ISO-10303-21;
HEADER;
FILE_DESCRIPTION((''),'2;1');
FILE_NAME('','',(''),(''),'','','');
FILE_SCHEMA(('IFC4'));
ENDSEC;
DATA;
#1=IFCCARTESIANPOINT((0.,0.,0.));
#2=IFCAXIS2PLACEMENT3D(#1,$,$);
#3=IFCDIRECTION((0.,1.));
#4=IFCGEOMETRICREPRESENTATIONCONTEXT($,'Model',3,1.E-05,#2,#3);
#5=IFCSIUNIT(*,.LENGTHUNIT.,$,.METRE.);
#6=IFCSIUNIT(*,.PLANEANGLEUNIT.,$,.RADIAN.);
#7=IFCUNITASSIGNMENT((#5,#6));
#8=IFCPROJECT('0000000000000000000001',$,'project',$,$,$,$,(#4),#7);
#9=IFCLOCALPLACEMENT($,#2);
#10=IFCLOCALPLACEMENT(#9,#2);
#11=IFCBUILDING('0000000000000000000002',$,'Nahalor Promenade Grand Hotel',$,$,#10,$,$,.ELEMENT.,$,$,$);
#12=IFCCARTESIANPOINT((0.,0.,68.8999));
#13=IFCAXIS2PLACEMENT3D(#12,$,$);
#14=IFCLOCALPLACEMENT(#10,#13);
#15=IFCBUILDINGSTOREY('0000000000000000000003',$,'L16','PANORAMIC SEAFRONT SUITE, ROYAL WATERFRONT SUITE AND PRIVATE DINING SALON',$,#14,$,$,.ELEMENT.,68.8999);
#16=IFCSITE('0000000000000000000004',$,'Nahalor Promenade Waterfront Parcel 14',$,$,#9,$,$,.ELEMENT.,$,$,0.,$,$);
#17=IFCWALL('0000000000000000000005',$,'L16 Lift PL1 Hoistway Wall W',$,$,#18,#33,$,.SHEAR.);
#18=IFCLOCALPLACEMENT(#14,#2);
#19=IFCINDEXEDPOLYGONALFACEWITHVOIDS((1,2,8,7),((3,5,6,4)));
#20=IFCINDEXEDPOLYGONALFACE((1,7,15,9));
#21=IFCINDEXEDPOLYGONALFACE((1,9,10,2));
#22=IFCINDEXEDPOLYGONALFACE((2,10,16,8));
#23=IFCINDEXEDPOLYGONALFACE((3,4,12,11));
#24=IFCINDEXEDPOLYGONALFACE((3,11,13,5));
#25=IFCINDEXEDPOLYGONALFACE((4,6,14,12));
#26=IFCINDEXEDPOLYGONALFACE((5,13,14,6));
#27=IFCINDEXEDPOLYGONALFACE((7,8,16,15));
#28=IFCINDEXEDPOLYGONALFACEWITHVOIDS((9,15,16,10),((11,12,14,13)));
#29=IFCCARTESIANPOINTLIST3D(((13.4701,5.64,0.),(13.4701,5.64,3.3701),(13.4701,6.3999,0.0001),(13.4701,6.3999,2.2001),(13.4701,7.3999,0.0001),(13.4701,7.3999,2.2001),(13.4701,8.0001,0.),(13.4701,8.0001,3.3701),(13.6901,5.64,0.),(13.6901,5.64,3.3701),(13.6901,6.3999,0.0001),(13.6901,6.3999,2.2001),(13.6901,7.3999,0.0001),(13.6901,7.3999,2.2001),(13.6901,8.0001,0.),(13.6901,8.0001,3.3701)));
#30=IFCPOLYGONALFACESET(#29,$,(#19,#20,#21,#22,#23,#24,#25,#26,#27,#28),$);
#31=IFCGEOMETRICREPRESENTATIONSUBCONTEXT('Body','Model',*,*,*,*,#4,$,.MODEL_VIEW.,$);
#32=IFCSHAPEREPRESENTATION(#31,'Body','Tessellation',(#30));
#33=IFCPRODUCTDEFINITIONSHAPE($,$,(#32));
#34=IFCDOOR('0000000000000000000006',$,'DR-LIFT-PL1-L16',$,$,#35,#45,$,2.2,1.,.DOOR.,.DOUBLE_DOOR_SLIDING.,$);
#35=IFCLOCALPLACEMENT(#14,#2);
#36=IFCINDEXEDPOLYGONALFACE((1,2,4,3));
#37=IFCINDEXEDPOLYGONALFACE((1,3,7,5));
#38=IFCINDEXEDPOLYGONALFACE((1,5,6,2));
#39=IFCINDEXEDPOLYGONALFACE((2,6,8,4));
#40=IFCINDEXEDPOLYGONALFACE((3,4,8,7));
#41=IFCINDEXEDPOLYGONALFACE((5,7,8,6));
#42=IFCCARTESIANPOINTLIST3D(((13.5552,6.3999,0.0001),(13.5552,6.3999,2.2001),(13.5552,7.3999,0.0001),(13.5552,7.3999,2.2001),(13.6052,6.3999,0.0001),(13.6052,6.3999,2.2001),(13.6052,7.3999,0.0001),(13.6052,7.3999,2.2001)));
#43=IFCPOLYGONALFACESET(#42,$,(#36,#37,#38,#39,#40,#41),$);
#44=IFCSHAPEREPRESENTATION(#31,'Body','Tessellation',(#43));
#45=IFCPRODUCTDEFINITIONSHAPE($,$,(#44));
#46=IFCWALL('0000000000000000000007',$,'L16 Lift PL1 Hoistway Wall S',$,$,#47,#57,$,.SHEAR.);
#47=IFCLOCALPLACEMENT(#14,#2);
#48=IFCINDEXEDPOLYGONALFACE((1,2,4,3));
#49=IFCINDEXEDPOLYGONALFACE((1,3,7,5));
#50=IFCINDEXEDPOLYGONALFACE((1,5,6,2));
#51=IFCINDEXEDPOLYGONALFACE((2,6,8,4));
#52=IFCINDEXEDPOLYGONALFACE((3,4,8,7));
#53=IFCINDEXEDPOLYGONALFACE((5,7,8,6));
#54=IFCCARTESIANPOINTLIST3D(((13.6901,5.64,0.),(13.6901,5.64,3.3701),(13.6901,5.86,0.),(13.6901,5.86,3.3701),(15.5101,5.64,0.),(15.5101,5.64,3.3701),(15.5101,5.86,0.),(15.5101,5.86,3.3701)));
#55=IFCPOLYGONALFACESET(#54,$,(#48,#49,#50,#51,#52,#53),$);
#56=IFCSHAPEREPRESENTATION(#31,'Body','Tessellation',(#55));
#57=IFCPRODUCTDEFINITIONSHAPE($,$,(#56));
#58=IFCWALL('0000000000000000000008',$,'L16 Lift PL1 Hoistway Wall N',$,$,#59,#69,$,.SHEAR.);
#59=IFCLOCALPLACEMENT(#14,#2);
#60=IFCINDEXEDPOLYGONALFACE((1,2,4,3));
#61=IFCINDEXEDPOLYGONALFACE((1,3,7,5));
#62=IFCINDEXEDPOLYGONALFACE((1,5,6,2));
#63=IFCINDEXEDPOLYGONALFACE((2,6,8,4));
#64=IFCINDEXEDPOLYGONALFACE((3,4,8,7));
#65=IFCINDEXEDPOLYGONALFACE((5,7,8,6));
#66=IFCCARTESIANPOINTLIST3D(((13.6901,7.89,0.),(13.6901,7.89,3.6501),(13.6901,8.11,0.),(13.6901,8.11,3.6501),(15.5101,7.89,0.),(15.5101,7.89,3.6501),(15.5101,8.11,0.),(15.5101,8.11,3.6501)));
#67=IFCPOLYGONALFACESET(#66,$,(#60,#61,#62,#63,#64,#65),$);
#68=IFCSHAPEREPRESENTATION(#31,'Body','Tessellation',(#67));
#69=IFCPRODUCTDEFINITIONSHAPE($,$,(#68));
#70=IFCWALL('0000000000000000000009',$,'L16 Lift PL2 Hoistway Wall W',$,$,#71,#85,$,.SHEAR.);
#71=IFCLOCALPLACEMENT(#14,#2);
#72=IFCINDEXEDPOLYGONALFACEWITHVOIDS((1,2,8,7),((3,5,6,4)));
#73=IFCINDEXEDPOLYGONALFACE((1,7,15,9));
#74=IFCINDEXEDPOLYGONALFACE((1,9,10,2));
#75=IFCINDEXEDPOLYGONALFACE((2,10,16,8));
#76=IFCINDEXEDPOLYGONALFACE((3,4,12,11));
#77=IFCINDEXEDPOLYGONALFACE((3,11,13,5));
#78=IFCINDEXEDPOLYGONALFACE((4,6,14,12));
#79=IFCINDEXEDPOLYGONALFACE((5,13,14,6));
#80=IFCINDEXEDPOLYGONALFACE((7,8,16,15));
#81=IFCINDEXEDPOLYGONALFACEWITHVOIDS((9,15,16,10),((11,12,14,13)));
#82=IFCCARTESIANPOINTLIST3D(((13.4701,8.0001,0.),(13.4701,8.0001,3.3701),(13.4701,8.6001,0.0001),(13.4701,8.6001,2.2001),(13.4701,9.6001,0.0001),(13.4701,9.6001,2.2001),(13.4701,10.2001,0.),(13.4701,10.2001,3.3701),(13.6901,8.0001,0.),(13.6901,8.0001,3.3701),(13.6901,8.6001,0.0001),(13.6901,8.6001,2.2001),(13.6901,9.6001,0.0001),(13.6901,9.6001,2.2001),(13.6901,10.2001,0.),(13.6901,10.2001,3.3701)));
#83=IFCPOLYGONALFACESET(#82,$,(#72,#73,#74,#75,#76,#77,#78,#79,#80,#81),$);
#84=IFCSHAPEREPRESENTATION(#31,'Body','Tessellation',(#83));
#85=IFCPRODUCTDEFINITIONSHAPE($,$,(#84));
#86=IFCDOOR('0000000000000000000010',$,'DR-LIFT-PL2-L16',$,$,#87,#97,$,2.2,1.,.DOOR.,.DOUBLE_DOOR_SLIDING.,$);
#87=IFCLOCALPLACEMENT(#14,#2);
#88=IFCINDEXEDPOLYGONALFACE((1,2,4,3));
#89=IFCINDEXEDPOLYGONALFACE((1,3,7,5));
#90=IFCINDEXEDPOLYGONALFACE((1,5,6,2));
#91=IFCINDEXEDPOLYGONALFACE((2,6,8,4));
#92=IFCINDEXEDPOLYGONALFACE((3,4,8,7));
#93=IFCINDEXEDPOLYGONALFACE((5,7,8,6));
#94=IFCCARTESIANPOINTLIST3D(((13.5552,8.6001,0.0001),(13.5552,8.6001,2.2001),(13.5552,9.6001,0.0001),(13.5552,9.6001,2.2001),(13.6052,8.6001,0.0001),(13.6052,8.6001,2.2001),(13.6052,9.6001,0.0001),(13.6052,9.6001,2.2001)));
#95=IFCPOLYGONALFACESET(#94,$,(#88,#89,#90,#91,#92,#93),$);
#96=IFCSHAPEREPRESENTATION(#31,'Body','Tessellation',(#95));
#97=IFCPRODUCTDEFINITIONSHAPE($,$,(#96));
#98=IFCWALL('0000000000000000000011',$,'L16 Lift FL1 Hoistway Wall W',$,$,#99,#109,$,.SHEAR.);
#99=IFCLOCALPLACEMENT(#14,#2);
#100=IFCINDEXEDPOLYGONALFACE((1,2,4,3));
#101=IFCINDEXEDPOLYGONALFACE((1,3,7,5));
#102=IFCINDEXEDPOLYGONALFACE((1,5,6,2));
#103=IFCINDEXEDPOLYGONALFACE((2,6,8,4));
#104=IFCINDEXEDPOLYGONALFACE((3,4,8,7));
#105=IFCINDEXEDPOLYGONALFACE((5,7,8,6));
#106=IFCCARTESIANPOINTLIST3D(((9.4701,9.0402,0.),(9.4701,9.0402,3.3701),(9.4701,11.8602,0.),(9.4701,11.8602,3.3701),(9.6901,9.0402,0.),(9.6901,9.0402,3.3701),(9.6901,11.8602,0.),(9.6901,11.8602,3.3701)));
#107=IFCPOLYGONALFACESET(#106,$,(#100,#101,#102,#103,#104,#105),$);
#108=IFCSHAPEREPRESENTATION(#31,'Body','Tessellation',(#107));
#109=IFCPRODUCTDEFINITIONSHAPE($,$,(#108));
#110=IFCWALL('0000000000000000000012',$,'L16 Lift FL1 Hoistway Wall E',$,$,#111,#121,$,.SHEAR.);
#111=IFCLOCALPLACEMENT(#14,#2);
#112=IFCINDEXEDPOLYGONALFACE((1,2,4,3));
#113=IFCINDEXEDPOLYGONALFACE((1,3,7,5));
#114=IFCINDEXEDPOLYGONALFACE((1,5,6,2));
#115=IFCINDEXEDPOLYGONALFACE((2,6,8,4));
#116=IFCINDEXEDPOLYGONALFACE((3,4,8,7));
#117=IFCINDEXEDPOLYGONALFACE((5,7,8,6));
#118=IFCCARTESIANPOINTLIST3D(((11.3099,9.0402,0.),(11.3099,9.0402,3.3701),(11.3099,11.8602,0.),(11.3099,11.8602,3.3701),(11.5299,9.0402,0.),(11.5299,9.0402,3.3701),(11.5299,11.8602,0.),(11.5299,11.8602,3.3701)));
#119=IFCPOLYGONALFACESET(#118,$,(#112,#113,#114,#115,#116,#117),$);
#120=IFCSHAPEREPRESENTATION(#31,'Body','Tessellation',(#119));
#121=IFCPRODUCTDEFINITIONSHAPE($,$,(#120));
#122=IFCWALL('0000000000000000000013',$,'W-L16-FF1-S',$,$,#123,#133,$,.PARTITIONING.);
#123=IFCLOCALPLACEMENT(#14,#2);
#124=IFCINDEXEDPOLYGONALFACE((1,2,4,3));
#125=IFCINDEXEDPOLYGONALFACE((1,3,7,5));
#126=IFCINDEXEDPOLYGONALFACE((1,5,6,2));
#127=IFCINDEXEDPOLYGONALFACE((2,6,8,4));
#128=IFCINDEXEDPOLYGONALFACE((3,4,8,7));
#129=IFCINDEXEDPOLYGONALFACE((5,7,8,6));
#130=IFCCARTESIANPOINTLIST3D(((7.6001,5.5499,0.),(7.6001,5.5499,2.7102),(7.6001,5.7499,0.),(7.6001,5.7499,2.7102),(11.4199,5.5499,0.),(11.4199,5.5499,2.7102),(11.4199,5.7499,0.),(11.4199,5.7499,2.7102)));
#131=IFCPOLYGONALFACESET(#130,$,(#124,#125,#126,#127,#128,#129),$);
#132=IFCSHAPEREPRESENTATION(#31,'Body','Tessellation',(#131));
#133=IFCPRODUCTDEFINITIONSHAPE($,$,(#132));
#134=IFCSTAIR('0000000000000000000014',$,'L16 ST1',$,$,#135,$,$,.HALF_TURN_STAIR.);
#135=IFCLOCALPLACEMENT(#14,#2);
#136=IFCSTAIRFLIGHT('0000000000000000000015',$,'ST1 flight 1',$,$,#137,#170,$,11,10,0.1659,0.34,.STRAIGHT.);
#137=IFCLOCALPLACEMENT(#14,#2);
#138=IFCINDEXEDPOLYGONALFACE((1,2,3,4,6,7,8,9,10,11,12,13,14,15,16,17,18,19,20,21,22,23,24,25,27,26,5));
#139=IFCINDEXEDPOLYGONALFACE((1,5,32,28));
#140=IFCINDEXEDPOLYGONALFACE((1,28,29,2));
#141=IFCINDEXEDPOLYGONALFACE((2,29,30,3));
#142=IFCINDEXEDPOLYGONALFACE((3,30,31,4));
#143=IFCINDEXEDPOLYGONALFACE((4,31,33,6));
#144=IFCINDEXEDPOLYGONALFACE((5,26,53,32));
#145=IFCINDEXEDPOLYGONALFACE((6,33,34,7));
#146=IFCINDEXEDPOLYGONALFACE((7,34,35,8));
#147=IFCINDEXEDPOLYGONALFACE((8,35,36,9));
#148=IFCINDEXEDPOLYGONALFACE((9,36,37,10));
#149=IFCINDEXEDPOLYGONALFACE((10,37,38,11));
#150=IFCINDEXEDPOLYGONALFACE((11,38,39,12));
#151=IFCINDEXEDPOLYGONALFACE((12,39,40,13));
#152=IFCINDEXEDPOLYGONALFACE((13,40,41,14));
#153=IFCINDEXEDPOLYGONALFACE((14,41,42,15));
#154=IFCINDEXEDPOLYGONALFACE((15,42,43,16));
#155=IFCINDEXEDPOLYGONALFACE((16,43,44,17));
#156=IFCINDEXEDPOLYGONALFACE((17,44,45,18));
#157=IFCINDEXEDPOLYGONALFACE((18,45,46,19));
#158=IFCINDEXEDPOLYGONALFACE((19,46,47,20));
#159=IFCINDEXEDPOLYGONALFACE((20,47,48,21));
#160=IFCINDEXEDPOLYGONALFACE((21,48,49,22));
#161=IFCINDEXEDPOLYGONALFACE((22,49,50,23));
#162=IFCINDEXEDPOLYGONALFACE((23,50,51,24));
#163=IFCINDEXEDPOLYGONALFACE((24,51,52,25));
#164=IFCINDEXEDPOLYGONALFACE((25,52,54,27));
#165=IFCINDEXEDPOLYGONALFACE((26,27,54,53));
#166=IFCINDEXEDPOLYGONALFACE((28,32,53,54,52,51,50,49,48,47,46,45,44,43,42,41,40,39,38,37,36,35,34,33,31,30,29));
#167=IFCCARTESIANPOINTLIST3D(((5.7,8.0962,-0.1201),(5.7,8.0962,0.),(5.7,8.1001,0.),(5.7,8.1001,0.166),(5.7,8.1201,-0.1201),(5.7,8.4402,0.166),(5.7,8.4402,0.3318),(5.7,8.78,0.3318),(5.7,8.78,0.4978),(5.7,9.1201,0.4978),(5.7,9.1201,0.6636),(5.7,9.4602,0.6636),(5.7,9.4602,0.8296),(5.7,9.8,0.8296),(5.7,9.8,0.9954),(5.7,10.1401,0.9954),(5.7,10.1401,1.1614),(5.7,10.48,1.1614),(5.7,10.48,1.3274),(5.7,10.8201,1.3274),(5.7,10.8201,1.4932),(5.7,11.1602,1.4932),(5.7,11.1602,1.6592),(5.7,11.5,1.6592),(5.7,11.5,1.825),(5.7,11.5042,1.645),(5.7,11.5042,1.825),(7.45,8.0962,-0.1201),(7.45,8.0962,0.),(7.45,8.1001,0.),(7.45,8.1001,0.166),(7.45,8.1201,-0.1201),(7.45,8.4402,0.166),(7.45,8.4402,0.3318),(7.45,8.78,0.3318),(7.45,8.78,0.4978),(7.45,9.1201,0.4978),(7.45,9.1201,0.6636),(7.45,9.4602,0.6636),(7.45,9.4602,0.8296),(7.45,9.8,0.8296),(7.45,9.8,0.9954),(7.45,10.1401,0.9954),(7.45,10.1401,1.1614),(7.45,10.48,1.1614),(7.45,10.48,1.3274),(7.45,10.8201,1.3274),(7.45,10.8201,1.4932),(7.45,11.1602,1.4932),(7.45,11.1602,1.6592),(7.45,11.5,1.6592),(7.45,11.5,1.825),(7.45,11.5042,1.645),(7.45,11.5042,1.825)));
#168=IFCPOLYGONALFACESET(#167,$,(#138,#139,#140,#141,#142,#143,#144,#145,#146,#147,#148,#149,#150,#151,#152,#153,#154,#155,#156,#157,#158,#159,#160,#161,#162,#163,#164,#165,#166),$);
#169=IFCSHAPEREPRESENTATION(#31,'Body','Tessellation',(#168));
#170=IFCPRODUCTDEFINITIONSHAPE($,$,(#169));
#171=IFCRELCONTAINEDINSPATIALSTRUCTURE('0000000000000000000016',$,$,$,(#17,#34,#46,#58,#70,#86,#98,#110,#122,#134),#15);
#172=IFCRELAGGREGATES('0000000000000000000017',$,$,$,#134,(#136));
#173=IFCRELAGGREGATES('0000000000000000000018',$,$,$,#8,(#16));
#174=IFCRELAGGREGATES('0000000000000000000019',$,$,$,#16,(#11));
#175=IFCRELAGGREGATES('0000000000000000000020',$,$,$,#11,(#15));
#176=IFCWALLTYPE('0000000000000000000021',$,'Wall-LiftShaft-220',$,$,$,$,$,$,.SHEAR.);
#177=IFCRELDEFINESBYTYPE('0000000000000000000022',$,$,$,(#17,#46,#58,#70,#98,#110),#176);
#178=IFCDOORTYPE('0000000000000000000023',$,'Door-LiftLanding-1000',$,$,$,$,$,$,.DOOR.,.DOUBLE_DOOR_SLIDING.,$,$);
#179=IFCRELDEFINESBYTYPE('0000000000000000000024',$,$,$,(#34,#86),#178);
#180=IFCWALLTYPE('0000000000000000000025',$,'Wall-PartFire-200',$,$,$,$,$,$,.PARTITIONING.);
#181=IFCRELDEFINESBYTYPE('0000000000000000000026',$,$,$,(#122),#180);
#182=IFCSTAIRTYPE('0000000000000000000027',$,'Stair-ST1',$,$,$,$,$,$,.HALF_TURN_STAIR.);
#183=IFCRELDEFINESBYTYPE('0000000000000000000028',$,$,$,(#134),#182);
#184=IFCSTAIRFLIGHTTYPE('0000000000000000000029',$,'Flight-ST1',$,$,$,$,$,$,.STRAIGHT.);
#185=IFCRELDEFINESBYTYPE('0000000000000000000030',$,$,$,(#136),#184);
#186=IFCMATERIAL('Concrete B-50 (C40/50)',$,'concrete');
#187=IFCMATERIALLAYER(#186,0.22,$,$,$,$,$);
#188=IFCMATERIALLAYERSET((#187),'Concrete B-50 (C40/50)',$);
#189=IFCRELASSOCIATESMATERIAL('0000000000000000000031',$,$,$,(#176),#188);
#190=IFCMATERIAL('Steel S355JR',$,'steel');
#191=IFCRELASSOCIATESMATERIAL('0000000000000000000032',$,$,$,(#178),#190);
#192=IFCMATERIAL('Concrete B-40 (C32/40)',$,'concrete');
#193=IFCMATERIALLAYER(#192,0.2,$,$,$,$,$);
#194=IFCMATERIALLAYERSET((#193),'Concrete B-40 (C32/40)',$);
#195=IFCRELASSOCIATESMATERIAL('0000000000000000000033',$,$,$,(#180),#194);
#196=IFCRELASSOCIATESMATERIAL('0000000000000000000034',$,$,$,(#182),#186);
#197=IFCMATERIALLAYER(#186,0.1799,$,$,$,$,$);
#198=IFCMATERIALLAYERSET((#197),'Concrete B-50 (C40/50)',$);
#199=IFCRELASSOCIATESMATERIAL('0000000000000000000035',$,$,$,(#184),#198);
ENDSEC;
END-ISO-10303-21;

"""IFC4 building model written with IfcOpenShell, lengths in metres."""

from ifc_helpers import new_model, si_unit, direction, frame, frame_2d, origin, place, context, subcontext, project, spatial, polyline, rectangle, outline, extrude, source, transform, mapped, material, layer, layer_set, type_object, element, fill, aggregate, save


model = new_model("IFC4")

# Units and contexts
model_context = context("Model", 3, precision=1e-05, world=origin(), true_north=direction((0.0, 1.0)))
body_context = subcontext(model_context, "Body", "Model", "MODEL_VIEW")
ifc_project = project(units=[si_unit("LENGTHUNIT", "METRE"), si_unit("PLANEANGLEUNIT", "RADIAN")], contexts=[model_context])

# Site, building, storey
site_placement = place(None, origin())
site = spatial("IfcSite", under=ifc_project, at=site_placement, Name="Nahalor Promenade Waterfront Parcel 14", CompositionType="ELEMENT", RefElevation=0.0)
building_placement = place(site_placement, origin())
building = spatial("IfcBuilding", under=site, at=building_placement, Name="Nahalor Promenade Grand Hotel", CompositionType="ELEMENT")
storey_placement = place(building_placement, frame((0.0, 0.0, 68.8999)))
storey = spatial("IfcBuildingStorey", under=building, at=storey_placement, Name="L16", Description="PANORAMIC SEAFRONT SUITE, ROYAL WATERFRONT SUITE AND PRIVATE DINING SALON", CompositionType="ELEMENT", Elevation=68.8999)

# Shared definitions
ifc_material_1 = material(Name="Steel S355JR", Category="steel")

# Wall, opening, door
ifc_material_2 = material(Name="Concrete B-50 (C40/50)", Category="concrete")
ifc_layer_1 = layer(ifc_material_2, 0.22)
ifc_layer_set_1 = layer_set([ifc_layer_1], Name="Concrete B-50 (C40/50)")
wall_type_1 = type_object("IfcWallType", Name="Wall-LiftShaft-220", PredefinedType="SHEAR", material=ifc_layer_set_1)
shared_shape_1 = source(origin(), body_context, "Body", "SweptSolid", [
    extrude(rectangle(XDim=2.3601, YDim=0.22, at=frame_2d((1.1802, 0.0))), origin(), (0.0, 0.0, 1.0), 3.3701),
])
wall_1_placement = place(storey_placement, frame((13.5801, 5.6399, 0.0), z_axis=(0.0, 0.0, 1.0), x_axis=(0.0, 1.0, 0.0)))
wall_1 = element("IfcWall", 1, at=wall_1_placement, inside=storey, type_object=wall_type_1, Name="L16 Lift PL1 Hoistway Wall W", PredefinedType="SHEAR", context=body_context, shape_type="MappedRepresentation", body=[
    mapped(shared_shape_1, transform((0.0, 0.0, 0.0), scale=1.0)),
])
opening_1_placement = place(wall_1_placement, frame((0.76, 0.0, 0.0)))
opening_1 = element("IfcOpeningElement", 2, at=opening_1_placement, cuts=wall_1, PredefinedType="OPENING", context=body_context, shape_type="SweptSolid", body=[
    extrude(rectangle(XDim=1.0, YDim=2.2, at=frame_2d((0.5, 1.1001))), frame((0.0, 0.1199, 0.0), z_axis=(0.0, -1.0, 0.0), x_axis=(1.0, 0.0, 0.0)), (0.0, 0.0, 1.0), 0.24),
])
door_type_1 = type_object("IfcDoorType", Name="Door-LiftLanding-1000", OperationType="DOUBLE_DOOR_SLIDING", PredefinedType="DOOR", material=ifc_material_1)
shared_shape_2 = source(origin(), body_context, "Body", "SweptSolid", [
    extrude(rectangle(XDim=1.0, YDim=2.2, at=frame_2d((0.5, 1.1001))), frame((0.0, 0.0249, 0.0), z_axis=(0.0, -1.0, 0.0), x_axis=(1.0, 0.0, 0.0)), (0.0, 0.0, 1.0), 0.05),
])
door_1_placement = place(opening_1_placement, origin())
door_1 = element("IfcDoor", 3, at=door_1_placement, inside=storey, type_object=door_type_1, Name="DR-LIFT-PL1-L16", OperationType="DOUBLE_DOOR_SLIDING", OverallHeight=2.2, OverallWidth=1.0, PredefinedType="DOOR", context=body_context, shape_type="MappedRepresentation", body=[
    mapped(shared_shape_2, transform((0.0, 0.0, 0.0), scale=1.0)),
])
fill(opening_1, door_1)

# Walls
shared_shape_3 = source(origin(), body_context, "Body", "SweptSolid", [
    extrude(rectangle(XDim=1.8201, YDim=0.22, at=frame_2d((0.9102, 0.0))), origin(), (0.0, 0.0, 1.0), 3.3701),
])
wall_2_placement = place(storey_placement, frame((13.6899, 5.75, 0.0), z_axis=(0.0, 0.0, 1.0), x_axis=(1.0, 0.0, 0.0)))
element("IfcWall", 4, at=wall_2_placement, inside=storey, type_object=wall_type_1, Name="L16 Lift PL1 Hoistway Wall S", PredefinedType="SHEAR", context=body_context, shape_type="MappedRepresentation", body=[
    mapped(shared_shape_3, transform((0.0, 0.0, 0.0), scale=1.0)),
])
shared_shape_4 = source(origin(), body_context, "Body", "SweptSolid", [
    extrude(rectangle(XDim=1.8201, YDim=0.22, at=frame_2d((0.9102, 0.0))), origin(), (0.0, 0.0, 1.0), 3.6501),
])
wall_3_placement = place(storey_placement, frame((13.6899, 8.0, 0.0), z_axis=(0.0, 0.0, 1.0), x_axis=(1.0, 0.0, 0.0)))
element("IfcWall", 5, at=wall_3_placement, inside=storey, type_object=wall_type_1, Name="L16 Lift PL1 Hoistway Wall N", PredefinedType="SHEAR", context=body_context, shape_type="MappedRepresentation", body=[
    mapped(shared_shape_4, transform((0.0, 0.0, 0.0), scale=1.0)),
])

# Wall, opening, door
shared_shape_5 = source(origin(), body_context, "Body", "SweptSolid", [
    extrude(rectangle(XDim=2.2, YDim=0.22, at=frame_2d((1.1001, 0.0))), origin(), (0.0, 0.0, 1.0), 3.3701),
])
wall_4_placement = place(storey_placement, frame((13.5801, 8.0, 0.0), z_axis=(0.0, 0.0, 1.0), x_axis=(0.0, 1.0, 0.0)))
wall_4 = element("IfcWall", 6, at=wall_4_placement, inside=storey, type_object=wall_type_1, Name="L16 Lift PL2 Hoistway Wall W", PredefinedType="SHEAR", context=body_context, shape_type="MappedRepresentation", body=[
    mapped(shared_shape_5, transform((0.0, 0.0, 0.0), scale=1.0)),
])
opening_2_placement = place(wall_4_placement, frame((0.6001, 0.0, 0.0)))
opening_2 = element("IfcOpeningElement", 7, at=opening_2_placement, cuts=wall_4, PredefinedType="OPENING", context=body_context, shape_type="SweptSolid", body=[
    extrude(rectangle(XDim=1.0, YDim=2.2, at=frame_2d((0.5, 1.1001))), frame((0.0, 0.1199, 0.0), z_axis=(0.0, -1.0, 0.0), x_axis=(1.0, 0.0, 0.0)), (0.0, 0.0, 1.0), 0.24),
])
door_2_placement = place(opening_2_placement, origin())
door_2 = element("IfcDoor", 8, at=door_2_placement, inside=storey, type_object=door_type_1, Name="DR-LIFT-PL2-L16", OperationType="DOUBLE_DOOR_SLIDING", OverallHeight=2.2, OverallWidth=1.0, PredefinedType="DOOR", context=body_context, shape_type="MappedRepresentation", body=[
    mapped(shared_shape_2, transform((0.0, 0.0, 0.0), scale=1.0)),
])
fill(opening_2, door_2)

# Walls
shared_shape_6 = source(origin(), body_context, "Body", "SweptSolid", [
    extrude(rectangle(XDim=2.8201, YDim=0.22, at=frame_2d((1.4102, 0.0))), origin(), (0.0, 0.0, 1.0), 3.3701),
])
for number, where, z_axis, x_axis, name in (
    (9, (9.5801, 9.04, 0.0), (0.0, 0.0, 1.0), (0.0, 1.0, 0.0), "L16 Lift FL1 Hoistway Wall W"),
    (10, (11.4199, 9.04, 0.0), (0.0, 0.0, 1.0), (0.0, 1.0, 0.0), "L16 Lift FL1 Hoistway Wall E"),
):
    element("IfcWall", number, at=place(storey_placement, frame(where, z_axis=z_axis, x_axis=x_axis)), inside=storey, type_object=wall_type_1, Name=name, PredefinedType="SHEAR", context=body_context, shape_type="MappedRepresentation", body=[
        mapped(shared_shape_6, transform((0.0, 0.0, 0.0), scale=1.0)),
    ])
ifc_material_3 = material(Name="Concrete B-40 (C32/40)", Category="concrete")
ifc_layer_2 = layer(ifc_material_3, 0.2)
ifc_layer_set_2 = layer_set([ifc_layer_2], Name="Concrete B-40 (C32/40)")
wall_type_2 = type_object("IfcWallType", Name="Wall-PartFire-200", PredefinedType="PARTITIONING", material=ifc_layer_set_2)
shared_shape_7 = source(origin(), body_context, "Body", "SweptSolid", [
    extrude(rectangle(XDim=3.8198, YDim=0.2, at=frame_2d((1.9099, 0.0))), origin(), (0.0, 0.0, 1.0), 2.7102),
])
wall_5_placement = place(storey_placement, frame((7.6001, 5.6499, 0.0), z_axis=(0.0, 0.0, 1.0), x_axis=(1.0, 0.0, 0.0)))
element("IfcWall", 11, at=wall_5_placement, inside=storey, type_object=wall_type_2, Name="W-L16-FF1-S", PredefinedType="PARTITIONING", context=body_context, shape_type="MappedRepresentation", body=[
    mapped(shared_shape_7, transform((0.0, 0.0, 0.0), scale=1.0)),
])

# Stair, stair flight
stair_type = type_object("IfcStairType", Name="Stair-ST1", PredefinedType="HALF_TURN_STAIR", material=ifc_material_2)
stair_placement = place(storey_placement, origin())
stair = element("IfcStair", 12, at=stair_placement, inside=storey, type_object=stair_type, Name="L16 ST1", PredefinedType="HALF_TURN_STAIR")
ifc_layer_3 = layer(ifc_material_2, 0.1799)
ifc_layer_set_3 = layer_set([ifc_layer_3], Name="Concrete B-50 (C40/50)")
stair_flight_type = type_object("IfcStairFlightType", Name="Flight-ST1", PredefinedType="STRAIGHT", material=ifc_layer_set_3)
shared_shape_8 = source(origin(), body_context, "Body", "SweptSolid", [
    extrude(outline(polyline([(-0.0039, -0.1201), (-0.0039, 0.0), (0.0, 0.0), (0.0, 0.166), (0.3401, 0.166), (0.3401, 0.3318), (0.6799, 0.3318), (0.6799, 0.4978), (1.02, 0.4978), (1.02, 0.6636), (1.3601, 0.6636), (1.3601, 0.8296), (1.7, 0.8296), (1.7, 0.9954), (2.04, 0.9954), (2.04, 1.1614), (2.3799, 1.1614), (2.3799, 1.3274), (2.72, 1.3274), (2.72, 1.4932), (3.0601, 1.4932), (3.0601, 1.6592), (3.3999, 1.6592), (3.3999, 1.825), (3.4041, 1.825), (3.4041, 1.645), (0.02, -0.1201), (-0.0039, -0.1201)])), frame((0.0, 0.875, 0.0), z_axis=(0.0, -1.0, 0.0), x_axis=(1.0, 0.0, 0.0)), (0.0, 0.0, 1.0), 1.75),
])
stair_flight_placement = place(storey_placement, frame((6.575, 8.1001, 0.0), z_axis=(0.0, 0.0, 1.0), x_axis=(0.0, 1.0, 0.0)))
stair_flight = element("IfcStairFlight", 13, at=stair_flight_placement, type_object=stair_flight_type, Name="ST1 flight 1", NumberOfRisers=11, NumberOfTreads=10, PredefinedType="STRAIGHT", RiserHeight=0.1659, TreadLength=0.34, context=body_context, shape_type="MappedRepresentation", body=[
    mapped(shared_shape_8, transform((0.0, 0.0, 0.0), scale=1.0)),
])
aggregate(stair, [stair_flight])

save(model, "model.ifc")
